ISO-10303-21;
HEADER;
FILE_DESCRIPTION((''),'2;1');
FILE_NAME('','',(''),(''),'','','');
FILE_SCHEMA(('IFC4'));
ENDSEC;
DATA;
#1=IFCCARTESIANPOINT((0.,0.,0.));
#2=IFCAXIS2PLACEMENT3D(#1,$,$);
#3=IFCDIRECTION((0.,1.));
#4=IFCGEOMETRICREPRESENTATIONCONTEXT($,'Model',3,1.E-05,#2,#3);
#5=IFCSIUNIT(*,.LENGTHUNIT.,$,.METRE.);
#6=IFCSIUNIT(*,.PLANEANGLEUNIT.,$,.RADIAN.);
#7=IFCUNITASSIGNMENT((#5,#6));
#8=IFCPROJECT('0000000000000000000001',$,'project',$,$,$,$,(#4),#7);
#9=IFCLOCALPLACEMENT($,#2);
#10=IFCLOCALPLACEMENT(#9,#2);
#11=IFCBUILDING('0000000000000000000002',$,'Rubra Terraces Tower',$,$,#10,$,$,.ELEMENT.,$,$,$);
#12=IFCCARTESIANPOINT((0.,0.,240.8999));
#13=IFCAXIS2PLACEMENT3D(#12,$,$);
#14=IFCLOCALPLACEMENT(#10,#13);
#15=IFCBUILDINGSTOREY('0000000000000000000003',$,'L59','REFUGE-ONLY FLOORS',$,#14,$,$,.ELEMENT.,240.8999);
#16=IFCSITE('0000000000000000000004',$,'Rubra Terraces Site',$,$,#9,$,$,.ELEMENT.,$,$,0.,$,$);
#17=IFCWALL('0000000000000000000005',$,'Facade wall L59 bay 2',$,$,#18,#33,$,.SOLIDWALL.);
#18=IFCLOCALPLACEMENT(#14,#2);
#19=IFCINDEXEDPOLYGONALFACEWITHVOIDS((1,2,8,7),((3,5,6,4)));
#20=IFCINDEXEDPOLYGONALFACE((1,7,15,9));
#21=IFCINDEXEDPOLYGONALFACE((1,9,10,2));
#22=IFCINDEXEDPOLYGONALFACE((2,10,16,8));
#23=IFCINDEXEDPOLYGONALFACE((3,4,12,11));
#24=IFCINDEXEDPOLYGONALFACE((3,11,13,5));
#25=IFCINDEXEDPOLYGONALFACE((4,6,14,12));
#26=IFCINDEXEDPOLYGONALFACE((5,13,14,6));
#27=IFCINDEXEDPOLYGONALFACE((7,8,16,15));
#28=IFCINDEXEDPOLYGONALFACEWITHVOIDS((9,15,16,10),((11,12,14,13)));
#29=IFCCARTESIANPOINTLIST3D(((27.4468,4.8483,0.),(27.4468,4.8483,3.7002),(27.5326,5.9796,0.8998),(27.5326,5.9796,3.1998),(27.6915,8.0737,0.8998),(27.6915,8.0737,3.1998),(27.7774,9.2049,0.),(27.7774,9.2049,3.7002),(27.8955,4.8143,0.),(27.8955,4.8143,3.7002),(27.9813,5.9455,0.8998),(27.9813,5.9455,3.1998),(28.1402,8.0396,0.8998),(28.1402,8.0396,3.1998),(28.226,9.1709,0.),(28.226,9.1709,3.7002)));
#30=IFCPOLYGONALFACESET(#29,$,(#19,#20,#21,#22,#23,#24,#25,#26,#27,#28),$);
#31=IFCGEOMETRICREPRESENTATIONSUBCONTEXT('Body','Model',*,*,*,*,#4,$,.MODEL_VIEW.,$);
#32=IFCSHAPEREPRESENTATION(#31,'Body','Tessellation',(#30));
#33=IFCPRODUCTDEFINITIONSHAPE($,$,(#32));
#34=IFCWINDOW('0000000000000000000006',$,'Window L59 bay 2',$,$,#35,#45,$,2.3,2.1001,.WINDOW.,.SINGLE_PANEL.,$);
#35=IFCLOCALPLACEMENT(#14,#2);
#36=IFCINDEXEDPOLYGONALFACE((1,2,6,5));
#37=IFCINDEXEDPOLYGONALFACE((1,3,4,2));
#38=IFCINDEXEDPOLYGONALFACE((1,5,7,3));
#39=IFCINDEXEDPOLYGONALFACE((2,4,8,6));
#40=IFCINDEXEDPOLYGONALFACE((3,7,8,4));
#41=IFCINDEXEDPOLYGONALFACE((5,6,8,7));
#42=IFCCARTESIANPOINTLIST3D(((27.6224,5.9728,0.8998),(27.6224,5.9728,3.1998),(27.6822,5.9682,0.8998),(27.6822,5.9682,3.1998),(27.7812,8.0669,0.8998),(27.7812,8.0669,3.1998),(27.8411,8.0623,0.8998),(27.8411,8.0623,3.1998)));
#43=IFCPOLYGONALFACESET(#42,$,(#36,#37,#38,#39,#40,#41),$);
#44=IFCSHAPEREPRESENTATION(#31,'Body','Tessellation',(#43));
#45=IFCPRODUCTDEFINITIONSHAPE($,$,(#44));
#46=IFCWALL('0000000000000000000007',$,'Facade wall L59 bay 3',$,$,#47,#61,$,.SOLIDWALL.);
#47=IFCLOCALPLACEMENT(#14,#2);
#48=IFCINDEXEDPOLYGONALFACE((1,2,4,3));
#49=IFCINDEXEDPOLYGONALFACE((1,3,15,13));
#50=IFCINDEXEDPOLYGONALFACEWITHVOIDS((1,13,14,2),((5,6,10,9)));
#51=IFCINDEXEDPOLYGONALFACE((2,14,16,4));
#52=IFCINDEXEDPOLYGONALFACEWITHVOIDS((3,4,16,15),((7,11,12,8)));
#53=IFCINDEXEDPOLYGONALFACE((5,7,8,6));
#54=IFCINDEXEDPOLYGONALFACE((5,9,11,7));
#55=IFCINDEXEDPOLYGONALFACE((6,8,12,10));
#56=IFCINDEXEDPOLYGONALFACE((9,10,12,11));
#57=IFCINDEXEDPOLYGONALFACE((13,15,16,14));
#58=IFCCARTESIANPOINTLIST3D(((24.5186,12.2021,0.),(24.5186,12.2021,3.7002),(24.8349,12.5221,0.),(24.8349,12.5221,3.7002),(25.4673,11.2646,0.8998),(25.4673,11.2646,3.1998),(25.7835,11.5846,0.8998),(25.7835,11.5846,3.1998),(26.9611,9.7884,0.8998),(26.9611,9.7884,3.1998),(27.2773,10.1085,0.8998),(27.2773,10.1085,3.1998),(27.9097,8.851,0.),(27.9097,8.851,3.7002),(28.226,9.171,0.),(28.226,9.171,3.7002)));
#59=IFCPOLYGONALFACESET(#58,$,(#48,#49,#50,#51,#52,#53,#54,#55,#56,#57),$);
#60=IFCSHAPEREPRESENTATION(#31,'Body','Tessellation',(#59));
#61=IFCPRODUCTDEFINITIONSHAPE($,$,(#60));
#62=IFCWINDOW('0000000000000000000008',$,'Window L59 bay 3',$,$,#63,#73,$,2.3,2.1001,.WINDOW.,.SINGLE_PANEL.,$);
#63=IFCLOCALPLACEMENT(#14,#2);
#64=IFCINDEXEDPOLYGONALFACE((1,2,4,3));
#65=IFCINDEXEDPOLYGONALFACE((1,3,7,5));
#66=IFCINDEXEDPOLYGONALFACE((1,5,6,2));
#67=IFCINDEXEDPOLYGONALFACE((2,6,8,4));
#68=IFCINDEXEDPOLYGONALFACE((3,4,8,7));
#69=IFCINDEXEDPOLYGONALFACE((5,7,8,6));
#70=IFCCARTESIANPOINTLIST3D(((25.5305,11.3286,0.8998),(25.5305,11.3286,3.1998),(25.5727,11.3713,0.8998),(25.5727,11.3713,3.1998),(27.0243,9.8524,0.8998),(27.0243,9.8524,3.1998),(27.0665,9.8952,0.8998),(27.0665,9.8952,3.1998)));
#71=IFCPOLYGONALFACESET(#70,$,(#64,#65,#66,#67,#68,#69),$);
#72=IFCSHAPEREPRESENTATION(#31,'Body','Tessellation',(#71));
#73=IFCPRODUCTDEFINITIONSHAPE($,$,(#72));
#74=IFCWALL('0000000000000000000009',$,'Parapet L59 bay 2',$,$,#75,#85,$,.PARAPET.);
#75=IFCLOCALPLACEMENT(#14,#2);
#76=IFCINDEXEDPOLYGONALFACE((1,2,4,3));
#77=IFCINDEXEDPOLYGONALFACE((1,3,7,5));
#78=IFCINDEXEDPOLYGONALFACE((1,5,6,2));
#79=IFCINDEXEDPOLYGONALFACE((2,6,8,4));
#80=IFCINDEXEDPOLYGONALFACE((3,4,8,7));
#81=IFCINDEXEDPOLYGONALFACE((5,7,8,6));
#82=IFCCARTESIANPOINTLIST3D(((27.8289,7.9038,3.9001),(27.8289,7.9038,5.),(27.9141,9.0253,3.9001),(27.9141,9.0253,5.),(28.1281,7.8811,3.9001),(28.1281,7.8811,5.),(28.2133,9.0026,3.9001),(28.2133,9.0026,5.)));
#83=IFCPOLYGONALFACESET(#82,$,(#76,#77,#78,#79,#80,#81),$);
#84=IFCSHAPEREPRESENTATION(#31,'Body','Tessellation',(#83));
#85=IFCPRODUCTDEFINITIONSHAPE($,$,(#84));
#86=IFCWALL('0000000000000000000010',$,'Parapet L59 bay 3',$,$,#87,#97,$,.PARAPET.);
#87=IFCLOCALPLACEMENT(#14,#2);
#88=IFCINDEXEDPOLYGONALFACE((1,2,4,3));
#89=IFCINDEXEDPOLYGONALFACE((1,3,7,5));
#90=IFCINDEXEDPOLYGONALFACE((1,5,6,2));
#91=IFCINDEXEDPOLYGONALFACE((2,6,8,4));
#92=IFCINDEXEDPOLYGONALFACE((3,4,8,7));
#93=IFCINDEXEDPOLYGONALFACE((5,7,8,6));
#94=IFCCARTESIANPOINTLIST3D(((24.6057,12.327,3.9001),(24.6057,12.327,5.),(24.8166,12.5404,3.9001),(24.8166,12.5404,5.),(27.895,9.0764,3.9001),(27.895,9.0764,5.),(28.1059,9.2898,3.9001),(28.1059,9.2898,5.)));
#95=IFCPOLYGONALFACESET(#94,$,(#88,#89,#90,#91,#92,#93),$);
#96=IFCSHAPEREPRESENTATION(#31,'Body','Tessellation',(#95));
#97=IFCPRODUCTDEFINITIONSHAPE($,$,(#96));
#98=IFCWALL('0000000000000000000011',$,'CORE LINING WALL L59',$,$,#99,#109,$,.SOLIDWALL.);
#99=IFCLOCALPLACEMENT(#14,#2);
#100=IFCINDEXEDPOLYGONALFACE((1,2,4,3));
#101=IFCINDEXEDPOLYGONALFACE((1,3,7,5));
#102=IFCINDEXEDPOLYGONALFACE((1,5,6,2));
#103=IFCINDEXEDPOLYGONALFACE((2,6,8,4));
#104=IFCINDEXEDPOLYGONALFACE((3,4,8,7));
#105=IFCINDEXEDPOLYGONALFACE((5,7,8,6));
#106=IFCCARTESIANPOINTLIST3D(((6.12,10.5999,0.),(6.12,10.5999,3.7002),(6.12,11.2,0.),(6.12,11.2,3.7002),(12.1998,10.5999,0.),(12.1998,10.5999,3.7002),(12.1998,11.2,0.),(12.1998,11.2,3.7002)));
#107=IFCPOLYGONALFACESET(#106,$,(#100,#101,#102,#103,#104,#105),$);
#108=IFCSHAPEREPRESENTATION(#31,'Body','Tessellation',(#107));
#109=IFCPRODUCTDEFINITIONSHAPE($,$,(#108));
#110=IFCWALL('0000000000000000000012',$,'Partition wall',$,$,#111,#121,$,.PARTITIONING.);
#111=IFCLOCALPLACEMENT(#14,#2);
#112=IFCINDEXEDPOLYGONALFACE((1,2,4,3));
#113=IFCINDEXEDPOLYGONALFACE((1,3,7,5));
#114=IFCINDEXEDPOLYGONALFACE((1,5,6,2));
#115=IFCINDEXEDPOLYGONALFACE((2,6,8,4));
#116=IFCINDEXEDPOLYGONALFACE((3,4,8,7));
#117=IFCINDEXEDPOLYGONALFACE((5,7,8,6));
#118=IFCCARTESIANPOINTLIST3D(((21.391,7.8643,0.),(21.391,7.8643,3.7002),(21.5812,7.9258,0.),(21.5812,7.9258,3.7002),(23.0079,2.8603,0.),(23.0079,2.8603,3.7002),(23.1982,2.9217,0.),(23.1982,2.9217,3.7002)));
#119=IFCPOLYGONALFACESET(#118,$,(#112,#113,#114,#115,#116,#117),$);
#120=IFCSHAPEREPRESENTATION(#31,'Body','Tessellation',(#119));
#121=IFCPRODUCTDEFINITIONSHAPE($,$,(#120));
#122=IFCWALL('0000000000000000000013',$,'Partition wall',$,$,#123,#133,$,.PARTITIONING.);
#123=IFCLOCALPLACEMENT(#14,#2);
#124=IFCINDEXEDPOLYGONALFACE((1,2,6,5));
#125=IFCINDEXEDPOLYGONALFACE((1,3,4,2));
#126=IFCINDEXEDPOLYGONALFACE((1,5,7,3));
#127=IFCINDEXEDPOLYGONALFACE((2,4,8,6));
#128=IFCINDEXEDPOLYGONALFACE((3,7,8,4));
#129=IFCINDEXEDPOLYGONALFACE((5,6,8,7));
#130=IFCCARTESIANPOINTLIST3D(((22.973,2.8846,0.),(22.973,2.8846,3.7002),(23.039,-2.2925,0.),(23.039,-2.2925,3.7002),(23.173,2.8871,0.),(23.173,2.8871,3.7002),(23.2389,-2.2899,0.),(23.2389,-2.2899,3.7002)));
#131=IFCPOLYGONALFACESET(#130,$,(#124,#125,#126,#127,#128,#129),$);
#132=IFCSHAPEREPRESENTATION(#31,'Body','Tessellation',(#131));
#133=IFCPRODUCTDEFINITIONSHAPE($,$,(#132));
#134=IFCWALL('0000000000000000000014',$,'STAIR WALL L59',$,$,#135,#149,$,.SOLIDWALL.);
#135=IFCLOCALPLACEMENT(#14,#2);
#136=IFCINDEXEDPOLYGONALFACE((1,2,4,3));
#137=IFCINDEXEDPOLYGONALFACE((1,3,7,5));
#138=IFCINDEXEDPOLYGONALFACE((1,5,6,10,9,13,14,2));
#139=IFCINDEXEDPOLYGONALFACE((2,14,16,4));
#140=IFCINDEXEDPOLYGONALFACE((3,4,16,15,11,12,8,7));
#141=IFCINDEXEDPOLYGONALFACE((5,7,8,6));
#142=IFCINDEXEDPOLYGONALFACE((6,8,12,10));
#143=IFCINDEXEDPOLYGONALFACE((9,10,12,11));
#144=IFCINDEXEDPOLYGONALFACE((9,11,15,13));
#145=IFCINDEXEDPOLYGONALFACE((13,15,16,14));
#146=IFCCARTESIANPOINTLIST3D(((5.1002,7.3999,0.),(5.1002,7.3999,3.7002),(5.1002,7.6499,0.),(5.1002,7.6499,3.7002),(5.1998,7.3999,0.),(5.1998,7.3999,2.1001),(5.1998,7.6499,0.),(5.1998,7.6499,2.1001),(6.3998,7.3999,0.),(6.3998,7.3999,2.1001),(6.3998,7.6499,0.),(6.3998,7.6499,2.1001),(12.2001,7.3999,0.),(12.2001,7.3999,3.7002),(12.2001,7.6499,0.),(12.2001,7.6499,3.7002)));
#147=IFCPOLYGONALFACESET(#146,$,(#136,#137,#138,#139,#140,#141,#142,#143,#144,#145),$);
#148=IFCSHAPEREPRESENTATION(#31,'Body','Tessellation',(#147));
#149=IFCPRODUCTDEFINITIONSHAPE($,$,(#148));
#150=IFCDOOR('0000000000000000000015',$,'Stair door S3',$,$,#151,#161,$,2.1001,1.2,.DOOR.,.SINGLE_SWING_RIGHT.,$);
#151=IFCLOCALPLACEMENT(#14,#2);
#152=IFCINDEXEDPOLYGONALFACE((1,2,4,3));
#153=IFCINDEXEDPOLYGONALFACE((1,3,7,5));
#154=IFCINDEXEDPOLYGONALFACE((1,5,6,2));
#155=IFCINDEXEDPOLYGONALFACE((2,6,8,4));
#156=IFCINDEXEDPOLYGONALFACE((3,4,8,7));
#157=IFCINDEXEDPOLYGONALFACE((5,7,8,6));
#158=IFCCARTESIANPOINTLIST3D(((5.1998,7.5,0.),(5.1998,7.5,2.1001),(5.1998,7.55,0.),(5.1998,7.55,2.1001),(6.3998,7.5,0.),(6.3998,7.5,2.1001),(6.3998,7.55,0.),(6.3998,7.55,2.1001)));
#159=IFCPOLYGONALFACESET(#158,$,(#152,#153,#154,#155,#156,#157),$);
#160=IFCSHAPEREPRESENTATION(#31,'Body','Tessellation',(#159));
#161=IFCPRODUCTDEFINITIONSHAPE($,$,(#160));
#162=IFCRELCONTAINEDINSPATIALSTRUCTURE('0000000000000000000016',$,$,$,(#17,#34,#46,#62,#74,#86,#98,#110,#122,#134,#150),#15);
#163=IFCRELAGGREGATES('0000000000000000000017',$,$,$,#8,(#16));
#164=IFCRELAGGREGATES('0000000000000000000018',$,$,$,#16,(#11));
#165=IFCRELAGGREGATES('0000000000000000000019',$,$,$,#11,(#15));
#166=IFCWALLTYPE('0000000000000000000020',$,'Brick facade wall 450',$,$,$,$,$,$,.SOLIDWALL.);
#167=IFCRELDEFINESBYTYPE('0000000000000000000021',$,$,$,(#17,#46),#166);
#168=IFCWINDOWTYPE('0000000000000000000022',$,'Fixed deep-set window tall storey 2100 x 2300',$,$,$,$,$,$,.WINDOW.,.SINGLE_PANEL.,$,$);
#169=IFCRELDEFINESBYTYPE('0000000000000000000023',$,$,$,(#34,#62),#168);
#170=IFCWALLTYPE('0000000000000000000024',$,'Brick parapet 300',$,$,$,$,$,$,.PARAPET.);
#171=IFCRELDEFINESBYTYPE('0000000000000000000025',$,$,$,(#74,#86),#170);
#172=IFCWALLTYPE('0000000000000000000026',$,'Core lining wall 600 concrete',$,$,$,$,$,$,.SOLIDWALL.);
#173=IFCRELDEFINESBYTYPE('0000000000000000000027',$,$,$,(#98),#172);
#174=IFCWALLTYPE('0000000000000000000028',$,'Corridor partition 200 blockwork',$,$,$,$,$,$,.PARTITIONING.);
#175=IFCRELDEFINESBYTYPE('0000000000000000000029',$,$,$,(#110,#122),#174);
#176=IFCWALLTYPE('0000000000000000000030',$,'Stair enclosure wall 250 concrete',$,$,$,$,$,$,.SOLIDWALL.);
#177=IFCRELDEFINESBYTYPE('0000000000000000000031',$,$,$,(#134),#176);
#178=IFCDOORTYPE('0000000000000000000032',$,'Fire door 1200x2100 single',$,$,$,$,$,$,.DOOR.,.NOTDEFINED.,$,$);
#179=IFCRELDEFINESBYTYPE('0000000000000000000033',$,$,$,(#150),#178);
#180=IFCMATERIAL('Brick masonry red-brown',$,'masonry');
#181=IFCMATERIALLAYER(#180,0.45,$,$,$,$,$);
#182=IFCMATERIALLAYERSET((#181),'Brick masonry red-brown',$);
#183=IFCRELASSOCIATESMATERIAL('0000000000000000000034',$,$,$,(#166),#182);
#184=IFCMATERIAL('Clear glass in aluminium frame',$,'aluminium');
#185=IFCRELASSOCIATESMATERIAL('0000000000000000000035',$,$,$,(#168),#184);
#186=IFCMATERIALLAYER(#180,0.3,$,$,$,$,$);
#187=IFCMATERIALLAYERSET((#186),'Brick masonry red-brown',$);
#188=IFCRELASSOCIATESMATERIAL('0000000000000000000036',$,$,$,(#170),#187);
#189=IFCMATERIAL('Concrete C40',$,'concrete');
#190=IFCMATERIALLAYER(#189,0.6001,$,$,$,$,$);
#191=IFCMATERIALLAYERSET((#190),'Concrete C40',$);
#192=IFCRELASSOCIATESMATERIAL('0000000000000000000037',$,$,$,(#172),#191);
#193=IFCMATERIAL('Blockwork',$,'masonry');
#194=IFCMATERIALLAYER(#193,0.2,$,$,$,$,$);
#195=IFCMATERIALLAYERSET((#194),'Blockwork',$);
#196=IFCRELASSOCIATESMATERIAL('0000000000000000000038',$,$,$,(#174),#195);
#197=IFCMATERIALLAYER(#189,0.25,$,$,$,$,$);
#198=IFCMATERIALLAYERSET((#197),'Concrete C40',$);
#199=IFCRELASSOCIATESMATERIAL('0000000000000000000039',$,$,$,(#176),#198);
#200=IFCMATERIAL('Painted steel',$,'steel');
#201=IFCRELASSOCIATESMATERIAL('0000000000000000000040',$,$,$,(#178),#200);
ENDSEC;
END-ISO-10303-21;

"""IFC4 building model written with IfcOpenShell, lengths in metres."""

from ifc_helpers import new_model, si_unit, direction, frame, frame_2d, origin, place, context, subcontext, project, spatial, rectangle, extrude, material, layer, layer_set, type_object, element, fill, save


model = new_model("IFC4")

# Units and contexts
model_context = context("Model", 3, precision=1e-05, world=origin(), true_north=direction((0.0, 1.0)))
body_context = subcontext(model_context, "Body", "Model", "MODEL_VIEW")
ifc_project = project(units=[si_unit("LENGTHUNIT", "METRE"), si_unit("PLANEANGLEUNIT", "RADIAN")], contexts=[model_context])

# Site, building, storey
site_placement = place(None, origin())
site = spatial("IfcSite", under=ifc_project, at=site_placement, Name="Rubra Terraces Site", CompositionType="ELEMENT", RefElevation=0.0)
building_placement = place(site_placement, origin())
building = spatial("IfcBuilding", under=site, at=building_placement, Name="Rubra Terraces Tower", CompositionType="ELEMENT")
storey_placement = place(building_placement, frame((0.0, 0.0, 240.8999)))
storey = spatial("IfcBuildingStorey", under=building, at=storey_placement, Name="L59", Description="REFUGE-ONLY FLOORS", CompositionType="ELEMENT", Elevation=240.8999)

# Walls, openings, windows
ifc_material_1 = material(Name="Brick masonry red-brown", Category="masonry")
ifc_layer_1 = layer(ifc_material_1, 0.45)
ifc_layer_set_1 = layer_set([ifc_layer_1], Name="Brick masonry red-brown")
wall_type_1 = type_object("IfcWallType", Name="Brick facade wall 450", PredefinedType="SOLIDWALL", material=ifc_layer_set_1)
wall_1_placement = place(storey_placement, frame((27.6711, 4.8313, 0.0), z_axis=(0.0, 0.0, 1.0), x_axis=(0.075658, 0.997134, 0.0)))
wall_1 = element("IfcWall", 1, at=wall_1_placement, inside=storey, type_object=wall_type_1, Name="Facade wall L59 bay 2", PredefinedType="SOLIDWALL", context=body_context, shape_type="SweptSolid", body=[
    extrude(rectangle(XDim=4.3691, YDim=0.45, at=frame_2d((2.1846, 0.0))), origin(), (0.0, 0.0, 1.0), 3.7002),
])
opening_1_placement = place(wall_1_placement, frame((1.1345, 0.0, 0.8999)))
opening_1 = element("IfcOpeningElement", 2, at=opening_1_placement, cuts=wall_1, PredefinedType="OPENING", context=body_context, shape_type="SweptSolid", body=[
    extrude(rectangle(XDim=2.1001, YDim=2.3, at=frame_2d((1.05, 1.1499))), frame((0.0, 0.2349, 0.0), z_axis=(0.0, -1.0, 0.0), x_axis=(1.0, 0.0, 0.0)), (0.0, 0.0, 1.0), 0.47),
])
ifc_material_2 = material(Name="Clear glass in aluminium frame", Category="aluminium")
window_type = type_object("IfcWindowType", Name="Fixed deep-set window tall storey 2100 x 2300", PartitioningType="SINGLE_PANEL", PredefinedType="WINDOW", material=ifc_material_2)
window_1_placement = place(opening_1_placement, origin())
window_1 = element("IfcWindow", 3, at=window_1_placement, inside=storey, type_object=window_type, Name="Window L59 bay 2", OverallHeight=2.3, OverallWidth=2.1001, PartitioningType="SINGLE_PANEL", PredefinedType="WINDOW", context=body_context, shape_type="SweptSolid", body=[
    extrude(rectangle(XDim=2.1001, YDim=2.3, at=frame_2d((1.05, 1.1499))), frame((0.0, 0.135, 0.0), z_axis=(0.0, -1.0, 0.0), x_axis=(1.0, 0.0, 0.0)), (0.0, 0.0, 1.0), 0.0601),
])
fill(opening_1, window_1)
wall_2_placement = place(storey_placement, frame((28.0679, 9.011, 0.0), z_axis=(0.0, 0.0, 1.0), x_axis=(-0.711293, 0.702895, 0.0)))
wall_2 = element("IfcWall", 4, at=wall_2_placement, inside=storey, type_object=wall_type_1, Name="Facade wall L59 bay 3", PredefinedType="SOLIDWALL", context=body_context, shape_type="SweptSolid", body=[
    extrude(rectangle(XDim=4.7676, YDim=0.45, at=frame_2d((2.3838, 0.0))), origin(), (0.0, 0.0, 1.0), 3.7002),
])
opening_2_placement = place(wall_2_placement, frame((1.3337, 0.0, 0.8999)))
opening_2 = element("IfcOpeningElement", 5, at=opening_2_placement, cuts=wall_2, PredefinedType="OPENING", context=body_context, shape_type="SweptSolid", body=[
    extrude(rectangle(XDim=2.1001, YDim=2.3, at=frame_2d((1.05, 1.1499))), frame((0.0, 0.2349, 0.0), z_axis=(0.0, -1.0, 0.0), x_axis=(1.0, 0.0, 0.0)), (0.0, 0.0, 1.0), 0.47),
])
window_2_placement = place(opening_2_placement, origin())
window_2 = element("IfcWindow", 6, at=window_2_placement, inside=storey, type_object=window_type, Name="Window L59 bay 3", OverallHeight=2.3, OverallWidth=2.1001, PartitioningType="SINGLE_PANEL", PredefinedType="WINDOW", context=body_context, shape_type="SweptSolid", body=[
    extrude(rectangle(XDim=2.1001, YDim=2.3, at=frame_2d((1.05, 1.1499))), frame((0.0, 0.135, 0.0), z_axis=(0.0, -1.0, 0.0), x_axis=(1.0, 0.0, 0.0)), (0.0, 0.0, 1.0), 0.0601),
])
fill(opening_2, window_2)

# Walls
ifc_layer_2 = layer(ifc_material_1, 0.3)
ifc_layer_set_2 = layer_set([ifc_layer_2], Name="Brick masonry red-brown")
wall_type_2 = type_object("IfcWallType", Name="Brick parapet 300", PredefinedType="PARAPET", material=ifc_layer_set_2)
wall_3_placement = place(storey_placement, frame((27.9785, 7.8923, 3.9001), z_axis=(0.0, 0.0, 1.0), x_axis=(0.07575, 0.997127, 0.0)))
element("IfcWall", 7, at=wall_3_placement, inside=storey, type_object=wall_type_2, Name="Parapet L59 bay 2", PredefinedType="PARAPET", context=body_context, shape_type="SweptSolid", body=[
    extrude(rectangle(XDim=1.1248, YDim=0.3, at=frame_2d((0.5625, 0.0))), origin(), (0.0, 0.0, 1.0), 1.0999),
])
wall_4_placement = place(storey_placement, frame((28.0005, 9.1831, 3.9001), z_axis=(0.0, 0.0, 1.0), x_axis=(-0.711291, 0.702897, 0.0)))
element("IfcWall", 8, at=wall_4_placement, inside=storey, type_object=wall_type_2, Name="Parapet L59 bay 3", PredefinedType="PARAPET", context=body_context, shape_type="SweptSolid", body=[
    extrude(rectangle(XDim=4.6245, YDim=0.3, at=frame_2d((2.3123, 0.0))), origin(), (0.0, 0.0, 1.0), 1.0999),
])
ifc_material_3 = material(Name="Concrete C40", Category="concrete")
ifc_layer_3 = layer(ifc_material_3, 0.6001)
ifc_layer_set_3 = layer_set([ifc_layer_3], Name="Concrete C40")
wall_type_3 = type_object("IfcWallType", Name="Core lining wall 600 concrete", PredefinedType="SOLIDWALL", material=ifc_layer_set_3)
wall_5_placement = place(storey_placement, frame((12.2, 10.8999, 0.0), z_axis=(0.0, 0.0, 1.0), x_axis=(-1.0, 0.0, 0.0)))
element("IfcWall", 9, at=wall_5_placement, inside=storey, type_object=wall_type_3, Name="CORE LINING WALL L59", PredefinedType="SOLIDWALL", context=body_context, shape_type="SweptSolid", body=[
    extrude(rectangle(XDim=6.0798, YDim=0.6001, at=frame_2d((3.04, 0.0))), origin(), (0.0, 0.0, 1.0), 3.7002),
])
ifc_material_4 = material(Name="Blockwork", Category="masonry")
ifc_layer_4 = layer(ifc_material_4, 0.2)
ifc_layer_set_4 = layer_set([ifc_layer_4], Name="Blockwork")
wall_type_4 = type_object("IfcWallType", Name="Corridor partition 200 blockwork", PredefinedType="PARTITIONING", material=ifc_layer_set_4)
wall_6_placement = place(storey_placement, frame((21.4861, 7.895, 0.0), z_axis=(0.0, 0.0, 1.0), x_axis=(0.307482, -0.951554, 0.0)))
element("IfcWall", 10, at=wall_6_placement, inside=storey, type_object=wall_type_4, Name="Partition wall", PredefinedType="PARTITIONING", context=body_context, shape_type="SweptSolid", body=[
    extrude(rectangle(XDim=5.2588, YDim=0.2, at=frame_2d((2.6294, 0.0))), origin(), (0.0, 0.0, 1.0), 3.7002),
])
wall_7_placement = place(storey_placement, frame((23.073, 2.886, 0.0), z_axis=(0.0, 0.0, 1.0), x_axis=(0.012732, -0.999919, 0.0)))
element("IfcWall", 11, at=wall_7_placement, inside=storey, type_object=wall_type_4, Name="Partition wall", PredefinedType="PARTITIONING", context=body_context, shape_type="SweptSolid", body=[
    extrude(rectangle(XDim=5.1775, YDim=0.2, at=frame_2d((2.5889, 0.0))), origin(), (0.0, 0.0, 1.0), 3.7002),
])

# Wall, opening, door
ifc_layer_5 = layer(ifc_material_3, 0.25)
ifc_layer_set_5 = layer_set([ifc_layer_5], Name="Concrete C40")
wall_type_5 = type_object("IfcWallType", Name="Stair enclosure wall 250 concrete", PredefinedType="SOLIDWALL", material=ifc_layer_set_5)
wall_8_placement = place(storey_placement, frame((12.2, 7.5249, 0.0), z_axis=(0.0, 0.0, 1.0), x_axis=(-1.0, 0.0, 0.0)))
wall_8 = element("IfcWall", 12, at=wall_8_placement, inside=storey, type_object=wall_type_5, Name="STAIR WALL L59", PredefinedType="SOLIDWALL", context=body_context, shape_type="SweptSolid", body=[
    extrude(rectangle(XDim=7.0999, YDim=0.25, at=frame_2d((3.5498, 0.0))), origin(), (0.0, 0.0, 1.0), 3.7002),
])
opening_3_placement = place(wall_8_placement, frame((5.8, 0.0, 0.0)))
opening_3 = element("IfcOpeningElement", 13, at=opening_3_placement, cuts=wall_8, PredefinedType="OPENING", context=body_context, shape_type="SweptSolid", body=[
    extrude(rectangle(XDim=1.2, YDim=2.1001, at=frame_2d((0.6001, 1.05))), frame((0.0, 0.135, 0.0), z_axis=(0.0, -1.0, 0.0), x_axis=(1.0, 0.0, 0.0)), (0.0, 0.0, 1.0), 0.27),
])
ifc_material_5 = material(Name="Painted steel", Category="steel")
door_type = type_object("IfcDoorType", Name="Fire door 1200x2100 single", OperationType="NOTDEFINED", PredefinedType="DOOR", material=ifc_material_5)
door_placement = place(opening_3_placement, origin())
door = element("IfcDoor", 14, at=door_placement, inside=storey, type_object=door_type, Name="Stair door S3", OperationType="SINGLE_SWING_RIGHT", OverallHeight=2.1001, OverallWidth=1.2, PredefinedType="DOOR", context=body_context, shape_type="SweptSolid", body=[
    extrude(rectangle(XDim=1.2, YDim=2.1001, at=frame_2d((0.6001, 1.05))), frame((0.0, 0.0249, 0.0), z_axis=(0.0, -1.0, 0.0), x_axis=(1.0, 0.0, 0.0)), (0.0, 0.0, 1.0), 0.05),
])
fill(opening_3, door)

save(model, "model.ifc")
